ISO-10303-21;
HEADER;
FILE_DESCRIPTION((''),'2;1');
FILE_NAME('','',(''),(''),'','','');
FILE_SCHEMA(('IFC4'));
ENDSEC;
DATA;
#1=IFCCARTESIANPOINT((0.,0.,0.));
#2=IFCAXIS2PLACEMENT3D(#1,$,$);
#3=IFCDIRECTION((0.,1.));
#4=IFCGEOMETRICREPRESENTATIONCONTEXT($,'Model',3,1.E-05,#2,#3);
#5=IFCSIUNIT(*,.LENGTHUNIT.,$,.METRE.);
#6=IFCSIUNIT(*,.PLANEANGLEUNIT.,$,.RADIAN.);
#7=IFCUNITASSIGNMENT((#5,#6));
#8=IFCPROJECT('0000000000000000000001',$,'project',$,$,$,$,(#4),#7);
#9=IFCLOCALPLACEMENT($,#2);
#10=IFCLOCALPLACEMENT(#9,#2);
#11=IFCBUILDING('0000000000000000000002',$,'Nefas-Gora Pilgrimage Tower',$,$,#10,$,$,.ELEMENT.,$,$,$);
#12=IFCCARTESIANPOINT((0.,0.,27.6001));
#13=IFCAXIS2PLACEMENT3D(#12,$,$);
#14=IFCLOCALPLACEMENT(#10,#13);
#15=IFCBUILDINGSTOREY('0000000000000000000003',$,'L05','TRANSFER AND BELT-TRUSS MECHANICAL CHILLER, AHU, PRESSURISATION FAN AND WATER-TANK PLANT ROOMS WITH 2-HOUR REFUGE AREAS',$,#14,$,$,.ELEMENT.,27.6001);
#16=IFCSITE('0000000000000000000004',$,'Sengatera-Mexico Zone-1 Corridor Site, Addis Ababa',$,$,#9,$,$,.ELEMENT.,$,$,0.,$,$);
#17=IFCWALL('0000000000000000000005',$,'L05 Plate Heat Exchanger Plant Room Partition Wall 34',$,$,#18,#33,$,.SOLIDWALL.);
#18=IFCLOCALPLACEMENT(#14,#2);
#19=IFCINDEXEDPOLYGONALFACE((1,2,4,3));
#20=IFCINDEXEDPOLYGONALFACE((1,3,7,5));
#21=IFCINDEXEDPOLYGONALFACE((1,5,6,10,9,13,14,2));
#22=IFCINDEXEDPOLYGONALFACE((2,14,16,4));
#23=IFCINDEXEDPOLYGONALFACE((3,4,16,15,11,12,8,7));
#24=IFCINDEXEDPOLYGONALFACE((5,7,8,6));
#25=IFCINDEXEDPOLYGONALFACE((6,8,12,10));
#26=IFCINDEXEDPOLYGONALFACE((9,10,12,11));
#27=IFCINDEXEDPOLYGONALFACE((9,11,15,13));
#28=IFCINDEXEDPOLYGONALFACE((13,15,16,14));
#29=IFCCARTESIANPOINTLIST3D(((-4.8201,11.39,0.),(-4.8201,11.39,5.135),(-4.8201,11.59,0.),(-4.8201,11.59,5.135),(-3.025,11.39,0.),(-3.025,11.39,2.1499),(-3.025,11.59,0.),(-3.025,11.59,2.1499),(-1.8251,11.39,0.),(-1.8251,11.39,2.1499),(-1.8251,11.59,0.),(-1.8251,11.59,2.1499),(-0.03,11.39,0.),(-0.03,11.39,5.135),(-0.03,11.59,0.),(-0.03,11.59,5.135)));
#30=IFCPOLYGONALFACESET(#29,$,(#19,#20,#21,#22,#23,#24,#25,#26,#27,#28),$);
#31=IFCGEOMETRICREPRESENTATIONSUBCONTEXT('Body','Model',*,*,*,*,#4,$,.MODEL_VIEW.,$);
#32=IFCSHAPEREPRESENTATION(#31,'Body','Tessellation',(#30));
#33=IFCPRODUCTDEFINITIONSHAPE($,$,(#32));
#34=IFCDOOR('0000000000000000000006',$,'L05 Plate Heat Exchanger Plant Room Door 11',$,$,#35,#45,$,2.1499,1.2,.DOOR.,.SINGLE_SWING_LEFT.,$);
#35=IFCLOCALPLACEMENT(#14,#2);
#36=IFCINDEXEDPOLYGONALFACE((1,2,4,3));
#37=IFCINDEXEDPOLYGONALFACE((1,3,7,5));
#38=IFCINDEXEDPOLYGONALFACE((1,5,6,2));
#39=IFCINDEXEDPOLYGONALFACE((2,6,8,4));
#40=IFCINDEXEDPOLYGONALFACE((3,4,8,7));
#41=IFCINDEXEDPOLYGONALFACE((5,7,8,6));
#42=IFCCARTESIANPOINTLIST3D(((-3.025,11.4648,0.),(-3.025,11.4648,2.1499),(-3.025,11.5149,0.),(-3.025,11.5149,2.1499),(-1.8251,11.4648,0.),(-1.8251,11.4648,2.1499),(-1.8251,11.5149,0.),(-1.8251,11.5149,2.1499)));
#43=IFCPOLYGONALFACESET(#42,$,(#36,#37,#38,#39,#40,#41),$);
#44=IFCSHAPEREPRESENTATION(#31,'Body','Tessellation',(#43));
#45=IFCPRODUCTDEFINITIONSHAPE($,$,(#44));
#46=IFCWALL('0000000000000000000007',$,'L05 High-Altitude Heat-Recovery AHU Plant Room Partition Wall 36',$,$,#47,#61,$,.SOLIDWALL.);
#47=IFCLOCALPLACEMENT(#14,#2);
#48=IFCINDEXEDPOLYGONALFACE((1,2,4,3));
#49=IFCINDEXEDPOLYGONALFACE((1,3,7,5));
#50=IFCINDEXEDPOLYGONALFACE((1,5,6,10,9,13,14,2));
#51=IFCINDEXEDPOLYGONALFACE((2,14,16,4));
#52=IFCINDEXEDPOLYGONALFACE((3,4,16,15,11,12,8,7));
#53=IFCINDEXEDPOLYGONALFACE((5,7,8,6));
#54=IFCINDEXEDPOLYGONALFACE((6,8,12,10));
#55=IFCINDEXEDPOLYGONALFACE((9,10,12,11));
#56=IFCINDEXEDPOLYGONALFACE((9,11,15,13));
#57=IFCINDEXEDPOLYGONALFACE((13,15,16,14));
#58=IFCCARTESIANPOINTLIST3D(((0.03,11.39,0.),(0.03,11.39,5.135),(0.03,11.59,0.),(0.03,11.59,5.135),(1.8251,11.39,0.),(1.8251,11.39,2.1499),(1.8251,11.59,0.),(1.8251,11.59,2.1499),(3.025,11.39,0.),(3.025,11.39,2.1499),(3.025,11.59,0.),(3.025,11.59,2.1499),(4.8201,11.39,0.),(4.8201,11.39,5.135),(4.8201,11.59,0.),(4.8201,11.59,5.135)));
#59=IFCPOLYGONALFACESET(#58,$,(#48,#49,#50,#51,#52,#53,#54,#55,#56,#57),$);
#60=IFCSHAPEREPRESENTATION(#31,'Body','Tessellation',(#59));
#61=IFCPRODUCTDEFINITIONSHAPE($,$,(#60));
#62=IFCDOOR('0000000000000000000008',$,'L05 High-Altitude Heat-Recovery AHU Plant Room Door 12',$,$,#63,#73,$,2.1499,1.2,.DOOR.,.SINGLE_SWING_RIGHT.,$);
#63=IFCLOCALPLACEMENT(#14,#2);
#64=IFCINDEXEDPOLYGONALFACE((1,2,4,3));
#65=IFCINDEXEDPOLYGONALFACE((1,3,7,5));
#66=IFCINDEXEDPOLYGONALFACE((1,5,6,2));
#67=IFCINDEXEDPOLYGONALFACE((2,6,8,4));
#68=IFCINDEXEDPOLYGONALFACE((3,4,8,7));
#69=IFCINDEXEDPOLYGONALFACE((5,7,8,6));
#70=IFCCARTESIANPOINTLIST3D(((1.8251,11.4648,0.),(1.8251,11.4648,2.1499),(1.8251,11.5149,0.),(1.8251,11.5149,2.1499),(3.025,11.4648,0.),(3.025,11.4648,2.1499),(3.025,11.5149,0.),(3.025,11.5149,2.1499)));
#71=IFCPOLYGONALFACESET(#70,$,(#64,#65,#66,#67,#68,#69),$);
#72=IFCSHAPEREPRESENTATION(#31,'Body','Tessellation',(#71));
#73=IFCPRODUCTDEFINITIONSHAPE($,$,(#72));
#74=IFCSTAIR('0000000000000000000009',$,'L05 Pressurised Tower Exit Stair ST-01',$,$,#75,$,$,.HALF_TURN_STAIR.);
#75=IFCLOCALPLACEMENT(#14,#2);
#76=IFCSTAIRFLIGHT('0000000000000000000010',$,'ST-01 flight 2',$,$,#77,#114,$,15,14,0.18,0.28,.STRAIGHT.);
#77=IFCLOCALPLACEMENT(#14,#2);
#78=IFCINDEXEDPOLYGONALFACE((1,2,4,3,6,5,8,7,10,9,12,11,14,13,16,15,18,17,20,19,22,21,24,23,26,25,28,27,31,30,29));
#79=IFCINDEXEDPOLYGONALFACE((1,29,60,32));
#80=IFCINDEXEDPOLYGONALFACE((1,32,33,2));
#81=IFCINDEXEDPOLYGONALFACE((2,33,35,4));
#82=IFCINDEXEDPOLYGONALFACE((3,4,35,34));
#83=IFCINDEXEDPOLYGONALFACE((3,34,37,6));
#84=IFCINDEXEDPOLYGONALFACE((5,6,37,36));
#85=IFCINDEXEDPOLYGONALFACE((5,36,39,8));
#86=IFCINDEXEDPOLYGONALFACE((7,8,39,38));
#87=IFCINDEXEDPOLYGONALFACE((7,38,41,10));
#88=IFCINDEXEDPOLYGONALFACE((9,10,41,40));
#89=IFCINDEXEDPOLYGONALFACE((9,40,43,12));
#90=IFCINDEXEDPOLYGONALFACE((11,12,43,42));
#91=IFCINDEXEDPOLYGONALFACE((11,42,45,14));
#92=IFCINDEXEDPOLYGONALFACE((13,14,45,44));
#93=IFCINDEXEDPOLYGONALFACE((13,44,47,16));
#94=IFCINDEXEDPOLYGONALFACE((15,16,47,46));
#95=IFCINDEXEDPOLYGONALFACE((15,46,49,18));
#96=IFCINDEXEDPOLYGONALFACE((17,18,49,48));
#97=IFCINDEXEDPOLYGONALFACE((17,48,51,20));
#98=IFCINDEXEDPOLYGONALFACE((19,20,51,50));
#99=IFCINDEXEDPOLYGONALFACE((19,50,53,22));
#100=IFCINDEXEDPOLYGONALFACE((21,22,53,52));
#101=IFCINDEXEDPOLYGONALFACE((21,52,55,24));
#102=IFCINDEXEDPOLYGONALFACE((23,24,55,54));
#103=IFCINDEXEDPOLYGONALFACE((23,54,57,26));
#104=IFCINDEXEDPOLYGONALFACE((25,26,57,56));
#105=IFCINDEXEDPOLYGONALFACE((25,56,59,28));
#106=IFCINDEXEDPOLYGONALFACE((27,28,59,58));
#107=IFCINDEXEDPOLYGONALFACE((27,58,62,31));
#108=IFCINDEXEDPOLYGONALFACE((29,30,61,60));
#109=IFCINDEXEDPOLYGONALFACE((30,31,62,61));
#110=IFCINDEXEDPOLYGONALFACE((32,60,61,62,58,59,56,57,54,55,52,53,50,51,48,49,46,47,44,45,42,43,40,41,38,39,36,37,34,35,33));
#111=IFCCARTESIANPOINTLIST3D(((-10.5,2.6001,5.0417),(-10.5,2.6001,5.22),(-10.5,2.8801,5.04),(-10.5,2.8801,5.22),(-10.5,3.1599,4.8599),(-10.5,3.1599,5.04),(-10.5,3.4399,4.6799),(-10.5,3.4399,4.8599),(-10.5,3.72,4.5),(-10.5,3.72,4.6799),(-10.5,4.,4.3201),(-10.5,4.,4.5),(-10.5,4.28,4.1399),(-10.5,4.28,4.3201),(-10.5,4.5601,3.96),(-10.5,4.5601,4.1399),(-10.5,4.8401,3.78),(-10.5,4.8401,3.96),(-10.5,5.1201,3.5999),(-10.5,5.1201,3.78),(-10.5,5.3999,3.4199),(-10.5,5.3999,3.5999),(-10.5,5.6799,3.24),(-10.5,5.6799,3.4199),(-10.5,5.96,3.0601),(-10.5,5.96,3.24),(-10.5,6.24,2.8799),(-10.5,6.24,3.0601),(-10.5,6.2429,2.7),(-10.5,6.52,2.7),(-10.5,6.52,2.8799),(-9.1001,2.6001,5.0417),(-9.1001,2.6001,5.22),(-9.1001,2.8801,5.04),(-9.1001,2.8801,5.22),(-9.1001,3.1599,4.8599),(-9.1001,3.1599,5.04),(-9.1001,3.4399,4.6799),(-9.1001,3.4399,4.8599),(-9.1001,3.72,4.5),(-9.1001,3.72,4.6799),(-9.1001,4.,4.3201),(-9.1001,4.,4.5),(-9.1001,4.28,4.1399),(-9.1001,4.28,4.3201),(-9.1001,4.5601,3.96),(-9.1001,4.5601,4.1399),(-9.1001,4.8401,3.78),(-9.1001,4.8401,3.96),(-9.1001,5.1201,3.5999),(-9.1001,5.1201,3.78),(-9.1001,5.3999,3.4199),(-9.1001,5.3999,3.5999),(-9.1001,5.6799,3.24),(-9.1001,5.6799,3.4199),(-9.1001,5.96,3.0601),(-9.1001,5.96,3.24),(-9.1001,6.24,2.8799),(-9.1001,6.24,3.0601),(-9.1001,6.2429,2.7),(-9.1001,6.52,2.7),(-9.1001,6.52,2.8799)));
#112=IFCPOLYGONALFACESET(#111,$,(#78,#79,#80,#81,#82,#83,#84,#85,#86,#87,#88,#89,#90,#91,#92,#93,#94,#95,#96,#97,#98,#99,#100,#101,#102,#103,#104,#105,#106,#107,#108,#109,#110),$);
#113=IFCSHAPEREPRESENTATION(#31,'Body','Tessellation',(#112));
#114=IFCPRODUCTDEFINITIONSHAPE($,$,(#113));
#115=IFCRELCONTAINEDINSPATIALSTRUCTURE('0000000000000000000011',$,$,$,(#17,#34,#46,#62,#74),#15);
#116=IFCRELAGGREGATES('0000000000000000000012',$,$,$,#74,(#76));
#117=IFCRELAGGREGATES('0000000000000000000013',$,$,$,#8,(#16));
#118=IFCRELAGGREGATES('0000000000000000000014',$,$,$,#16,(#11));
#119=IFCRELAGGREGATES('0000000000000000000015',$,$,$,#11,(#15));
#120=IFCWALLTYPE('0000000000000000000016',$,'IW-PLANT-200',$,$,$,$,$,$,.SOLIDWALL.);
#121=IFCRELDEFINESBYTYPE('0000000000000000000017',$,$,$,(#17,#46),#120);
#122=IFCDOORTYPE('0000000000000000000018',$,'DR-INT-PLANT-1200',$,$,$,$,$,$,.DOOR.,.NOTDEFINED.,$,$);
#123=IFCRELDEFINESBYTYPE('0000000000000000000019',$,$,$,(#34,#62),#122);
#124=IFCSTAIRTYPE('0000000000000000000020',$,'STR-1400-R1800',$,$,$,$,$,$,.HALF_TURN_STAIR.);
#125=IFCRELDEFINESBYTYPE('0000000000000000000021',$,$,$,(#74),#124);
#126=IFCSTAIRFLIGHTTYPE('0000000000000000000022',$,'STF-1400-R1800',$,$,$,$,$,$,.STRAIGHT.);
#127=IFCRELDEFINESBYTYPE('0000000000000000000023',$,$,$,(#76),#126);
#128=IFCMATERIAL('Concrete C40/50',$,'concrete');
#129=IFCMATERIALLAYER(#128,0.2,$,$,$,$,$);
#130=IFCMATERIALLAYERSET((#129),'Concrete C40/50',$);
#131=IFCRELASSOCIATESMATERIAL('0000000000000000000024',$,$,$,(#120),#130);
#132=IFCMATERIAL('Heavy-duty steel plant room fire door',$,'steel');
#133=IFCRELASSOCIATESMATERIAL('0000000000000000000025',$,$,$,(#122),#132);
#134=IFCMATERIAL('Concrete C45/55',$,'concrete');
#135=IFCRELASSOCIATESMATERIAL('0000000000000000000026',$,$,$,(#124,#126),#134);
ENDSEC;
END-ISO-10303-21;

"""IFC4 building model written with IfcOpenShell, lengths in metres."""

from ifc_helpers import new_model, si_unit, direction, frame, frame_2d, origin, place, context, subcontext, project, spatial, polyline, rectangle, outline, extrude, source, transform, mapped, material, layer, layer_set, type_object, element, fill, aggregate, save


model = new_model("IFC4")

# Units and contexts
model_context = context("Model", 3, precision=1e-05, world=origin(), true_north=direction((0.0, 1.0)))
body_context = subcontext(model_context, "Body", "Model", "MODEL_VIEW")
ifc_project = project(units=[si_unit("LENGTHUNIT", "METRE"), si_unit("PLANEANGLEUNIT", "RADIAN")], contexts=[model_context])

# Site, building, storey
site_placement = place(None, origin())
site = spatial("IfcSite", under=ifc_project, at=site_placement, Name="Sengatera-Mexico Zone-1 Corridor Site, Addis Ababa", CompositionType="ELEMENT", RefElevation=0.0)
building_placement = place(site_placement, origin())
building = spatial("IfcBuilding", under=site, at=building_placement, Name="Nefas-Gora Pilgrimage Tower", CompositionType="ELEMENT")
storey_placement = place(building_placement, frame((0.0, 0.0, 27.6001)))
storey = spatial("IfcBuildingStorey", under=building, at=storey_placement, Name="L05", Description="TRANSFER AND BELT-TRUSS MECHANICAL CHILLER, AHU, PRESSURISATION FAN AND WATER-TANK PLANT ROOMS WITH 2-HOUR REFUGE AREAS", CompositionType="ELEMENT", Elevation=27.6001)

# Shared definitions
ifc_material_1 = material(Name="Concrete C45/55", Category="concrete")
ifc_material_2 = material(Name="Concrete C40/50", Category="concrete")

# Shared definitions
ifc_layer_1 = layer(ifc_material_2, 0.2)
ifc_layer_set_1 = layer_set([ifc_layer_1], Name="Concrete C40/50")
wall_type_1 = type_object("IfcWallType", Name="IW-PLANT-200", PredefinedType="SOLIDWALL", material=ifc_layer_set_1)
ifc_material_3 = material(Name="Heavy-duty steel plant room fire door", Category="steel")
door_type_1 = type_object("IfcDoorType", Name="DR-INT-PLANT-1200", OperationType="NOTDEFINED", PredefinedType="DOOR", material=ifc_material_3)
shared_shape_1 = source(origin(), body_context, "Body", "SweptSolid", [
    extrude(rectangle(XDim=1.2, YDim=2.1499, at=frame_2d((0.6001, 1.075))), frame((0.0, 0.0249, 0.0), z_axis=(0.0, -1.0, 0.0), x_axis=(1.0, 0.0, 0.0)), (0.0, 0.0, 1.0), 0.05),
])

# Walls, openings, doors
shared_shape_2 = source(origin(), body_context, "Body", "SweptSolid", [
    extrude(rectangle(XDim=4.79, YDim=0.2, at=frame_2d((2.395, 0.0))), origin(), (0.0, 0.0, 1.0), 5.135),
])
wall_1_placement = place(storey_placement, frame((-4.8201, 11.49, 0.0), z_axis=(0.0, 0.0, 1.0), x_axis=(1.0, 0.0, 0.0)))
wall_1 = element("IfcWall", 1, at=wall_1_placement, inside=storey, type_object=wall_type_1, Name="L05 Plate Heat Exchanger Plant Room Partition Wall 34", PredefinedType="SOLIDWALL", context=body_context, shape_type="MappedRepresentation", body=[
    mapped(shared_shape_2, transform((0.0, 0.0, 0.0), x_axis=(1.0, 0.0, 0.0), y_axis=(0.0, 1.0, 0.0), z_axis=(0.0, 0.0, 1.0), scale=1.0)),
])
opening_1_placement = place(wall_1_placement, frame((1.7949, 0.0, 0.0)))
opening_1 = element("IfcOpeningElement", 2, at=opening_1_placement, cuts=wall_1, PredefinedType="OPENING", context=body_context, shape_type="SweptSolid", body=[
    extrude(rectangle(XDim=1.2, YDim=2.1499, at=frame_2d((0.6001, 1.075))), frame((0.0, 0.1099, 0.0), z_axis=(0.0, -1.0, 0.0), x_axis=(1.0, 0.0, 0.0)), (0.0, 0.0, 1.0), 0.22),
])
door_1_placement = place(opening_1_placement, origin())
door_1 = element("IfcDoor", 3, at=door_1_placement, inside=storey, type_object=door_type_1, Name="L05 Plate Heat Exchanger Plant Room Door 11", OperationType="SINGLE_SWING_LEFT", OverallHeight=2.1499, OverallWidth=1.2, PredefinedType="DOOR", context=body_context, shape_type="MappedRepresentation", body=[
    mapped(shared_shape_1, transform((0.0, 0.0, 0.0), x_axis=(1.0, 0.0, 0.0), y_axis=(0.0, 1.0, 0.0), z_axis=(0.0, 0.0, 1.0), scale=1.0)),
])
fill(opening_1, door_1)
wall_2_placement = place(storey_placement, frame((0.03, 11.49, 0.0), z_axis=(0.0, 0.0, 1.0), x_axis=(1.0, 0.0, 0.0)))
wall_2 = element("IfcWall", 4, at=wall_2_placement, inside=storey, type_object=wall_type_1, Name="L05 High-Altitude Heat-Recovery AHU Plant Room Partition Wall 36", PredefinedType="SOLIDWALL", context=body_context, shape_type="MappedRepresentation", body=[
    mapped(shared_shape_2, transform((0.0, 0.0, 0.0), x_axis=(1.0, 0.0, 0.0), y_axis=(0.0, 1.0, 0.0), z_axis=(0.0, 0.0, 1.0), scale=1.0)),
])
opening_2_placement = place(wall_2_placement, frame((1.7949, 0.0, 0.0)))
opening_2 = element("IfcOpeningElement", 5, at=opening_2_placement, cuts=wall_2, PredefinedType="OPENING", context=body_context, shape_type="SweptSolid", body=[
    extrude(rectangle(XDim=1.2, YDim=2.1499, at=frame_2d((0.6001, 1.075))), frame((0.0, 0.1099, 0.0), z_axis=(0.0, -1.0, 0.0), x_axis=(1.0, 0.0, 0.0)), (0.0, 0.0, 1.0), 0.22),
])
door_2_placement = place(opening_2_placement, origin())
door_2 = element("IfcDoor", 6, at=door_2_placement, inside=storey, type_object=door_type_1, Name="L05 High-Altitude Heat-Recovery AHU Plant Room Door 12", OperationType="SINGLE_SWING_RIGHT", OverallHeight=2.1499, OverallWidth=1.2, PredefinedType="DOOR", context=body_context, shape_type="MappedRepresentation", body=[
    mapped(shared_shape_1, transform((0.0, 0.0, 0.0), x_axis=(1.0, 0.0, 0.0), y_axis=(0.0, 1.0, 0.0), z_axis=(0.0, 0.0, 1.0), scale=1.0)),
])
fill(opening_2, door_2)

# Stair, stair flight
stair_type = type_object("IfcStairType", Name="STR-1400-R1800", PredefinedType="HALF_TURN_STAIR", material=ifc_material_1)
stair_placement = place(storey_placement, origin())
stair = element("IfcStair", 7, at=stair_placement, inside=storey, type_object=stair_type, Name="L05 Pressurised Tower Exit Stair ST-01", PredefinedType="HALF_TURN_STAIR")
stair_flight_type = type_object("IfcStairFlightType", Name="STF-1400-R1800", PredefinedType="STRAIGHT", material=ifc_material_1)
shared_shape_3 = source(origin(), body_context, "Body", "SweptSolid", [
    extrude(outline(polyline([(0.0, 0.0), (0.0, 0.1799), (0.28, 0.1799), (0.28, 0.3601), (0.5601, 0.3601), (0.5601, 0.54), (0.8401, 0.54), (0.8401, 0.72), (1.1201, 0.72), (1.1201, 0.8999), (1.3999, 0.8999), (1.3999, 1.0801), (1.6799, 1.0801), (1.6799, 1.26), (1.96, 1.26), (1.96, 1.4399), (2.24, 1.4399), (2.24, 1.6201), (2.52, 1.6201), (2.52, 1.8), (2.8, 1.8), (2.8, 1.98), (3.0801, 1.98), (3.0801, 2.1599), (3.3601, 2.1599), (3.3601, 2.3401), (3.6399, 2.3401), (3.6399, 2.52), (3.9199, 2.52), (3.9199, 2.7), (3.9199, 2.3418), (0.2771, 0.0), (0.0, 0.0)])), frame((0.0, 0.7, 0.0), z_axis=(0.0, -1.0, 0.0), x_axis=(1.0, 0.0, 0.0)), (0.0, 0.0, 1.0), 1.3999),
])
stair_flight_placement = place(storey_placement, frame((-9.8, 6.52, 2.7), z_axis=(0.0, 0.0, 1.0), x_axis=(0.0, -1.0, 0.0)))
stair_flight = element("IfcStairFlight", 8, at=stair_flight_placement, type_object=stair_flight_type, Name="ST-01 flight 2", NumberOfRisers=15, NumberOfTreads=14, PredefinedType="STRAIGHT", RiserHeight=0.18, TreadLength=0.28, context=body_context, shape_type="MappedRepresentation", body=[
    mapped(shared_shape_3, transform((0.0, 0.0, 0.0), x_axis=(1.0, 0.0, 0.0), y_axis=(0.0, 1.0, 0.0), z_axis=(0.0, 0.0, 1.0), scale=1.0)),
])
aggregate(stair, [stair_flight])

save(model, "model.ifc")
